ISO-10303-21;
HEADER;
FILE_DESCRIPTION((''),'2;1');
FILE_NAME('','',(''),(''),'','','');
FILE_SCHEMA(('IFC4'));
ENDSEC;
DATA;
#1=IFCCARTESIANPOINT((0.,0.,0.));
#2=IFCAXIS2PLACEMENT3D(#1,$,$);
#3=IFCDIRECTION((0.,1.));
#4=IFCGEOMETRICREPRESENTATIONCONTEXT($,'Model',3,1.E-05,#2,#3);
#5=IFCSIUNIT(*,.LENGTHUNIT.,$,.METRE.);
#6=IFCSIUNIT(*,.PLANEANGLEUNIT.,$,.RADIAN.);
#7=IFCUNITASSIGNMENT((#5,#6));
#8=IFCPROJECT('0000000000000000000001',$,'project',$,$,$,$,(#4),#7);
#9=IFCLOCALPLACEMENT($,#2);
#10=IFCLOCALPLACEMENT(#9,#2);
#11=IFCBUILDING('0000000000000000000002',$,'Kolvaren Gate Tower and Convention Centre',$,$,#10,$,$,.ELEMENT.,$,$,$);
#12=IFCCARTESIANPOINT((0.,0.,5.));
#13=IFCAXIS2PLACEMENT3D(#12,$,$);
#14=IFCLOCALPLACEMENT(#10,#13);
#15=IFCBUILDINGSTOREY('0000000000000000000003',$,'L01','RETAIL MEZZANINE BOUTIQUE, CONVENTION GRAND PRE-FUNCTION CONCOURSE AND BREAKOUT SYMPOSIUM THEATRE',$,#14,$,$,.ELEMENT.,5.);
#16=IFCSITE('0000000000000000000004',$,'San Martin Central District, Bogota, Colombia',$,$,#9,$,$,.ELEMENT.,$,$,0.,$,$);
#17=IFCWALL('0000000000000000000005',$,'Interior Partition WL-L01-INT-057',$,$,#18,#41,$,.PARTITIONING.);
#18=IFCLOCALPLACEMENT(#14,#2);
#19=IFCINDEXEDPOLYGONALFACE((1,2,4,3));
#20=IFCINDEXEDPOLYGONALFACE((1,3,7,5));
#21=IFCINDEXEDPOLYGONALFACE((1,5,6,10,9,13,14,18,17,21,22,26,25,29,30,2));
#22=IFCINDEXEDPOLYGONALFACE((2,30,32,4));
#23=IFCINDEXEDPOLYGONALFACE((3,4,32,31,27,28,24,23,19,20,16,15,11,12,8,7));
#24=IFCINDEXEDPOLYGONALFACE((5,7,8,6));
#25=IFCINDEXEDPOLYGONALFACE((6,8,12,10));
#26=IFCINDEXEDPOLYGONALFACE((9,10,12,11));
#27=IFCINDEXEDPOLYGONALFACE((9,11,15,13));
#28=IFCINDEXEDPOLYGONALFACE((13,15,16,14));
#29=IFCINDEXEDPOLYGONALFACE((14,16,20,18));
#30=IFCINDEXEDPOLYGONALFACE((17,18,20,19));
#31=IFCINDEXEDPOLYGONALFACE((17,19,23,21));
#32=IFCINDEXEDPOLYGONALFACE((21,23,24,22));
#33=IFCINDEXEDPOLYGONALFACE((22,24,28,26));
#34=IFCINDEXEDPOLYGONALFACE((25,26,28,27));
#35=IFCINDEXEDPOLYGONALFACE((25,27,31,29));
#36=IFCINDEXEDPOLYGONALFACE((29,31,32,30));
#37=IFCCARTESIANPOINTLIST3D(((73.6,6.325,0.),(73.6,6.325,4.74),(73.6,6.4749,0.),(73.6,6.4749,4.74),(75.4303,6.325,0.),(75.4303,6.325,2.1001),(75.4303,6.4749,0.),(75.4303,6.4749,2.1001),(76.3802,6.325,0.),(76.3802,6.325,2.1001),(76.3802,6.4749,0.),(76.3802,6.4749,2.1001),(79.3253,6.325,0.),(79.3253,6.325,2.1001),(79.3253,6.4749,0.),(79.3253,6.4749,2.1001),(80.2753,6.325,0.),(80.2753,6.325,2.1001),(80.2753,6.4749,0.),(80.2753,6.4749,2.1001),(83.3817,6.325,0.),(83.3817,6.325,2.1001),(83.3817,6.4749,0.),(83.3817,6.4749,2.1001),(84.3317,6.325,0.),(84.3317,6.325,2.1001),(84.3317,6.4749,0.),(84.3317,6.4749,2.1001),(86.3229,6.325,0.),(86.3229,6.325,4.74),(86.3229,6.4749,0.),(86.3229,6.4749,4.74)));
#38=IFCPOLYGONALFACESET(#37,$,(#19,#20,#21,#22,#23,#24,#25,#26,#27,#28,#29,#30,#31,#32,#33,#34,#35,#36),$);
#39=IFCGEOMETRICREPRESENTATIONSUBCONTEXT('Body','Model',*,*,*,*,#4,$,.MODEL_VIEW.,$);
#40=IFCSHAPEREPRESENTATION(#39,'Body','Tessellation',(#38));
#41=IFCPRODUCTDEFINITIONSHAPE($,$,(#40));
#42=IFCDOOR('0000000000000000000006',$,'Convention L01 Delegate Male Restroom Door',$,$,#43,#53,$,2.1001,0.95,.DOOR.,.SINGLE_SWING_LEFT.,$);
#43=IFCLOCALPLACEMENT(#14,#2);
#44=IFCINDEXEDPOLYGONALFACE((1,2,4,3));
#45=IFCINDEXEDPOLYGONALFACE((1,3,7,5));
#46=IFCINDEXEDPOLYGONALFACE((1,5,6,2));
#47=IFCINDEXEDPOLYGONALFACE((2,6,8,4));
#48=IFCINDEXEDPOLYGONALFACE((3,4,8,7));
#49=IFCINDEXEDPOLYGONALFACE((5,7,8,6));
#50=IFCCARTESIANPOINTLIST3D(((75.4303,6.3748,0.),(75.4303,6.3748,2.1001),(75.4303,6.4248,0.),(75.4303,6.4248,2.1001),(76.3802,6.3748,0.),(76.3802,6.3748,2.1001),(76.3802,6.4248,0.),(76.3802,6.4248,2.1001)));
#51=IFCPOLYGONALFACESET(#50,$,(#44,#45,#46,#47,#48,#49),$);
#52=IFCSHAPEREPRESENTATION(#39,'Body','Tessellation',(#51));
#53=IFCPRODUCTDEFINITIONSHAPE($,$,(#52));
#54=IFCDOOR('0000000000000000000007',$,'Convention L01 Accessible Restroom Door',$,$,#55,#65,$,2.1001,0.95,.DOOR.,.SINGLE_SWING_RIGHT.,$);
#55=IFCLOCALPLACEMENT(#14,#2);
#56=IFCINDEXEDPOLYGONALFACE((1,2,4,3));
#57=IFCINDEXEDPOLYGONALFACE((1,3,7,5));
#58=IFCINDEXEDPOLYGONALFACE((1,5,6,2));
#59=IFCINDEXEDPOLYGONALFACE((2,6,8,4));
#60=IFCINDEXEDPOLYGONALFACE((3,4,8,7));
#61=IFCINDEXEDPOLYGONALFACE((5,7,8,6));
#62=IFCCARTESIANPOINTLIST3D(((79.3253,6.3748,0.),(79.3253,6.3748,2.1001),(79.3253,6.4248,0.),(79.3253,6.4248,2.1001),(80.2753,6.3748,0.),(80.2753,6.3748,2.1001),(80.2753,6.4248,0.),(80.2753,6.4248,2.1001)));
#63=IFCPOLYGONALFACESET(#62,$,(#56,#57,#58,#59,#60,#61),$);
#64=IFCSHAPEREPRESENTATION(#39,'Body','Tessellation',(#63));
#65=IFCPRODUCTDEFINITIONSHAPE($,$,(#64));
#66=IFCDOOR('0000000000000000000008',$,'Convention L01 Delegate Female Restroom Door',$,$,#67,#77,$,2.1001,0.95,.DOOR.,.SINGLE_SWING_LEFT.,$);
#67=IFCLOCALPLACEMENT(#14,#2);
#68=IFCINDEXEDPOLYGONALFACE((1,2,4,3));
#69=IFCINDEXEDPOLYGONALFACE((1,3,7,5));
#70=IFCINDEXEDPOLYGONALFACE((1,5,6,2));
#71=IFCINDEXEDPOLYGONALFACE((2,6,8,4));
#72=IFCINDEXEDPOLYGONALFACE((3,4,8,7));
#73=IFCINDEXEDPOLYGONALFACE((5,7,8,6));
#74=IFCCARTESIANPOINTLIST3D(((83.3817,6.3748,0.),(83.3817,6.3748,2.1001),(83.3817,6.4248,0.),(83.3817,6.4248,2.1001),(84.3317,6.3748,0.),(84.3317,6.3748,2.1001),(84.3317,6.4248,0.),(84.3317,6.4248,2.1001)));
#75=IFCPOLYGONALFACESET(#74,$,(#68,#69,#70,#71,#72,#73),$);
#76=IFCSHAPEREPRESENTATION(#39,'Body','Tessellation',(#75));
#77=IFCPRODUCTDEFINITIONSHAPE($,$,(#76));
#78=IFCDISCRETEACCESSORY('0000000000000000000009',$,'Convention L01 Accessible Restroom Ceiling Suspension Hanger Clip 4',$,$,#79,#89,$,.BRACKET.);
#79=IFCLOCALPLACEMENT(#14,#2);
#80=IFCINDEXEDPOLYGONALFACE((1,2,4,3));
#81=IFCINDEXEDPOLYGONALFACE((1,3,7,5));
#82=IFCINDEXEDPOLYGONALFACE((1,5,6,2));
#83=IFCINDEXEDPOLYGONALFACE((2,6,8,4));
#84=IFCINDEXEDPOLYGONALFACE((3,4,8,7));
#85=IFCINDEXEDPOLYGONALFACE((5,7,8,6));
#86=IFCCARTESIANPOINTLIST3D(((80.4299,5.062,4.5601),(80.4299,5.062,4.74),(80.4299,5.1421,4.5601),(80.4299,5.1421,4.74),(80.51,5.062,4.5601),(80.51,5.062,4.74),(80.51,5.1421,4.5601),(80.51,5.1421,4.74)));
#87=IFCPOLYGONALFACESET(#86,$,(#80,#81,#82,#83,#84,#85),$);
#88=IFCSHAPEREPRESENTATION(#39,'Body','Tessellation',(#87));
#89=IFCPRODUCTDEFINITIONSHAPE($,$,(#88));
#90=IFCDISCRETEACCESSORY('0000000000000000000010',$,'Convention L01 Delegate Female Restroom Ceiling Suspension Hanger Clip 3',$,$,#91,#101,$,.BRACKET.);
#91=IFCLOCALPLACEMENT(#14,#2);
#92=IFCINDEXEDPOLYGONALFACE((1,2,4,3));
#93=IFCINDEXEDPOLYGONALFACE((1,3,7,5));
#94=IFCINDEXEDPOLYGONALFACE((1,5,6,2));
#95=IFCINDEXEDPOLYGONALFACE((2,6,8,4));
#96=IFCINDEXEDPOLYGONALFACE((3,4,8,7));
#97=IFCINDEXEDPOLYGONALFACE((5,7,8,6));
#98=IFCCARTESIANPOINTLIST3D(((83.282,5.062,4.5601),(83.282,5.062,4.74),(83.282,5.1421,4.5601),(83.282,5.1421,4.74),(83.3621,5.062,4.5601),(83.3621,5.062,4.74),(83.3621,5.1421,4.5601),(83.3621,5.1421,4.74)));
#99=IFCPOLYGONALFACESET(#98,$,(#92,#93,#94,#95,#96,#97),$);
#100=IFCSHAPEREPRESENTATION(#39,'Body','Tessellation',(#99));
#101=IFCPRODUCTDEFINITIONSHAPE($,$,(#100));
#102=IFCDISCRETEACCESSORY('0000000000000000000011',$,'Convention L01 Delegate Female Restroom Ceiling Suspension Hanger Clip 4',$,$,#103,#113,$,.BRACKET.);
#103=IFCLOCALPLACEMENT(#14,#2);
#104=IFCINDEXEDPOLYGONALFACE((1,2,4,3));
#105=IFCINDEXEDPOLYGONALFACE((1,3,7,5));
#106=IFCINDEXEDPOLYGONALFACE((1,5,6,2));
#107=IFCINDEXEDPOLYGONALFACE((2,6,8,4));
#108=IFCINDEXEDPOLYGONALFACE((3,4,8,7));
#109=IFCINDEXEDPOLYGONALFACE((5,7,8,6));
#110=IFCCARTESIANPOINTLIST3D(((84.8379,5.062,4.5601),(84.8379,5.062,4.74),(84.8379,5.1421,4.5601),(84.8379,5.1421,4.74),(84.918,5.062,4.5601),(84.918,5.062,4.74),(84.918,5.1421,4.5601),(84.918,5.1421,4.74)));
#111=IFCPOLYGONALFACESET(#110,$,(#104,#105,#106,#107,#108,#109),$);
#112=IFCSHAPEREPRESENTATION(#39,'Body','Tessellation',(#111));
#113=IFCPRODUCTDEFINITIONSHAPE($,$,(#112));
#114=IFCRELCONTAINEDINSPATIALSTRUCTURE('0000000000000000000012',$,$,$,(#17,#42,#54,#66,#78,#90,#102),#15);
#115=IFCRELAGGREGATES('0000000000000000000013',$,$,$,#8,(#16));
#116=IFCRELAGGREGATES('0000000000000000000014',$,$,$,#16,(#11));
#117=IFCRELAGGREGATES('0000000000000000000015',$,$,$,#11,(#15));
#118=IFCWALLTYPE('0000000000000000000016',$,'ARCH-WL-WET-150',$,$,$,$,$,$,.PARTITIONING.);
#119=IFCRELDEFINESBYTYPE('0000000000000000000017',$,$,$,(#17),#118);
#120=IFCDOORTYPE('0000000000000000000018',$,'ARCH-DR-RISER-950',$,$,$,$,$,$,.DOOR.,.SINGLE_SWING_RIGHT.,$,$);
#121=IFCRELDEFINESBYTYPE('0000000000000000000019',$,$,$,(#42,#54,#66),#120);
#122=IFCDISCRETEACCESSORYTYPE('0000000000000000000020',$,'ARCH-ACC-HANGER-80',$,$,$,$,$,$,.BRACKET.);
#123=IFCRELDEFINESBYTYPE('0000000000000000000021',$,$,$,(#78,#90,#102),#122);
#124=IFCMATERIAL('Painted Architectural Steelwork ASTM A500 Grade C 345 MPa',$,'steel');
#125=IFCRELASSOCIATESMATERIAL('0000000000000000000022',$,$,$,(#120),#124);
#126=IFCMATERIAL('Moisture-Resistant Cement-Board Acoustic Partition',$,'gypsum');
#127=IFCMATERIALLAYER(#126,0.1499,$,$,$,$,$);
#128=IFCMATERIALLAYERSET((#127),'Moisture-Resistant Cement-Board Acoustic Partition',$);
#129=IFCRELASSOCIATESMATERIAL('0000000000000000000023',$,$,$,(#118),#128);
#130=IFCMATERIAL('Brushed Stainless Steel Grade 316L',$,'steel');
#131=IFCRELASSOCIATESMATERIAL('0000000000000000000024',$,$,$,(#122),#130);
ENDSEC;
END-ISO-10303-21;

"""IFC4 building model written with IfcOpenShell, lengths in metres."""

from ifc_helpers import new_model, si_unit, direction, frame, frame_2d, origin, origin_2d, place, context, subcontext, project, spatial, rectangle, extrude, material, layer, layer_set, type_object, element, fill, save


model = new_model("IFC4")

# Units and contexts
model_context = context("Model", 3, precision=1e-05, world=origin(), true_north=direction((0.0, 1.0)))
body_context = subcontext(model_context, "Body", "Model", "MODEL_VIEW")
ifc_project = project(units=[si_unit("LENGTHUNIT", "METRE"), si_unit("PLANEANGLEUNIT", "RADIAN")], contexts=[model_context])

# Site, building, storey
site_placement = place(None, origin())
site = spatial("IfcSite", under=ifc_project, at=site_placement, Name="San Martin Central District, Bogota, Colombia", CompositionType="ELEMENT", RefElevation=0.0)
building_placement = place(site_placement, origin())
building = spatial("IfcBuilding", under=site, at=building_placement, Name="Kolvaren Gate Tower and Convention Centre", CompositionType="ELEMENT")
storey_placement = place(building_placement, frame((0.0, 0.0, 5.0)))
storey = spatial("IfcBuildingStorey", under=building, at=storey_placement, Name="L01", Description="RETAIL MEZZANINE BOUTIQUE, CONVENTION GRAND PRE-FUNCTION CONCOURSE AND BREAKOUT SYMPOSIUM THEATRE", CompositionType="ELEMENT", Elevation=5.0)

# Shared definitions
ifc_material_1 = material(Name="Painted Architectural Steelwork ASTM A500 Grade C 345 MPa", Category="steel")
door_type = type_object("IfcDoorType", Name="ARCH-DR-RISER-950", OperationType="SINGLE_SWING_RIGHT", PredefinedType="DOOR", material=ifc_material_1)

# Wall, openings, doors
ifc_material_2 = material(Name="Moisture-Resistant Cement-Board Acoustic Partition", Category="gypsum")
ifc_layer_1 = layer(ifc_material_2, 0.1499)
ifc_layer_set_1 = layer_set([ifc_layer_1], Name="Moisture-Resistant Cement-Board Acoustic Partition")
wall_type_1 = type_object("IfcWallType", Name="ARCH-WL-WET-150", PredefinedType="PARTITIONING", material=ifc_layer_set_1)
wall_1_placement = place(storey_placement, frame((73.6001, 6.3999, 0.0), z_axis=(0.0, 0.0, 1.0), x_axis=(1.0, 0.0, 0.0)))
wall_1 = element("IfcWall", 1, at=wall_1_placement, inside=storey, type_object=wall_type_1, Name="Interior Partition WL-L01-INT-057", PredefinedType="PARTITIONING", context=body_context, shape_type="SweptSolid", body=[
    extrude(rectangle(XDim=12.7229, YDim=0.1499, at=frame_2d((6.3613, 0.0))), origin(), (0.0, 0.0, 1.0), 4.74),
])
opening_1_placement = place(wall_1_placement, frame((1.8301, 0.0, 0.0)))
opening_1 = element("IfcOpeningElement", 2, at=opening_1_placement, cuts=wall_1, PredefinedType="OPENING", context=body_context, shape_type="SweptSolid", body=[
    extrude(rectangle(XDim=0.95, YDim=2.1001, at=frame_2d((0.4751, 1.05))), frame((0.0, 0.085, 0.0), z_axis=(0.0, -1.0, 0.0), x_axis=(1.0, 0.0, 0.0)), (0.0, 0.0, 1.0), 0.1699),
])
opening_2_placement = place(wall_1_placement, frame((5.7251, 0.0, 0.0)))
opening_2 = element("IfcOpeningElement", 3, at=opening_2_placement, cuts=wall_1, PredefinedType="OPENING", context=body_context, shape_type="SweptSolid", body=[
    extrude(rectangle(XDim=0.95, YDim=2.1001, at=frame_2d((0.4751, 1.05))), frame((0.0, 0.085, 0.0), z_axis=(0.0, -1.0, 0.0), x_axis=(1.0, 0.0, 0.0)), (0.0, 0.0, 1.0), 0.1699),
])
opening_3_placement = place(wall_1_placement, frame((9.7815, 0.0, 0.0)))
opening_3 = element("IfcOpeningElement", 4, at=opening_3_placement, cuts=wall_1, PredefinedType="OPENING", context=body_context, shape_type="SweptSolid", body=[
    extrude(rectangle(XDim=0.95, YDim=2.1001, at=frame_2d((0.4751, 1.05))), frame((0.0, 0.085, 0.0), z_axis=(0.0, -1.0, 0.0), x_axis=(1.0, 0.0, 0.0)), (0.0, 0.0, 1.0), 0.1699),
])
door_1_placement = place(opening_1_placement, origin())
door_1 = element("IfcDoor", 5, at=door_1_placement, inside=storey, type_object=door_type, Name="Convention L01 Delegate Male Restroom Door", OperationType="SINGLE_SWING_LEFT", OverallHeight=2.1001, OverallWidth=0.95, PredefinedType="DOOR", context=body_context, shape_type="SweptSolid", body=[
    extrude(rectangle(XDim=0.95, YDim=2.1001, at=frame_2d((0.4751, 1.05))), frame((0.0, 0.0249, 0.0), z_axis=(0.0, -1.0, 0.0), x_axis=(1.0, 0.0, 0.0)), (0.0, 0.0, 1.0), 0.05),
])
fill(opening_1, door_1)
door_2_placement = place(opening_2_placement, origin())
door_2 = element("IfcDoor", 6, at=door_2_placement, inside=storey, type_object=door_type, Name="Convention L01 Accessible Restroom Door", OperationType="SINGLE_SWING_RIGHT", OverallHeight=2.1001, OverallWidth=0.95, PredefinedType="DOOR", context=body_context, shape_type="SweptSolid", body=[
    extrude(rectangle(XDim=0.95, YDim=2.1001, at=frame_2d((0.4751, 1.05))), frame((0.0, 0.0249, 0.0), z_axis=(0.0, -1.0, 0.0), x_axis=(1.0, 0.0, 0.0)), (0.0, 0.0, 1.0), 0.05),
])
fill(opening_2, door_2)
door_3_placement = place(opening_3_placement, origin())
door_3 = element("IfcDoor", 7, at=door_3_placement, inside=storey, type_object=door_type, Name="Convention L01 Delegate Female Restroom Door", OperationType="SINGLE_SWING_LEFT", OverallHeight=2.1001, OverallWidth=0.95, PredefinedType="DOOR", context=body_context, shape_type="SweptSolid", body=[
    extrude(rectangle(XDim=0.95, YDim=2.1001, at=frame_2d((0.4751, 1.05))), frame((0.0, 0.0249, 0.0), z_axis=(0.0, -1.0, 0.0), x_axis=(1.0, 0.0, 0.0)), (0.0, 0.0, 1.0), 0.05),
])
fill(opening_3, door_3)

# Discrete accessories
ifc_material_3 = material(Name="Brushed Stainless Steel Grade 316L", Category="steel")
discrete_accessory_type = type_object("IfcDiscreteAccessoryType", Name="ARCH-ACC-HANGER-80", PredefinedType="BRACKET", material=ifc_material_3)
for number, where, z_axis, x_axis, name in (
    (8, (80.47, 5.1021, 4.5601), (0.0, 0.0, 1.0), (1.0, 0.0, 0.0), "Convention L01 Accessible Restroom Ceiling Suspension Hanger Clip 4"),
    (9, (83.322, 5.1021, 4.5601), (0.0, 0.0, 1.0), (1.0, 0.0, 0.0), "Convention L01 Delegate Female Restroom Ceiling Suspension Hanger Clip 3"),
    (10, (84.8779, 5.1021, 4.5601), (0.0, 0.0, 1.0), (1.0, 0.0, 0.0), "Convention L01 Delegate Female Restroom Ceiling Suspension Hanger Clip 4"),
):
    element("IfcDiscreteAccessory", number, at=place(storey_placement, frame(where, z_axis=z_axis, x_axis=x_axis)), inside=storey, type_object=discrete_accessory_type, Name=name, PredefinedType="BRACKET", context=body_context, shape_type="SweptSolid", body=[
        extrude(rectangle(XDim=0.0801, YDim=0.0801, at=origin_2d()), origin(), (0.0, 0.0, 1.0), 0.1799),
    ])

save(model, "model.ifc")
